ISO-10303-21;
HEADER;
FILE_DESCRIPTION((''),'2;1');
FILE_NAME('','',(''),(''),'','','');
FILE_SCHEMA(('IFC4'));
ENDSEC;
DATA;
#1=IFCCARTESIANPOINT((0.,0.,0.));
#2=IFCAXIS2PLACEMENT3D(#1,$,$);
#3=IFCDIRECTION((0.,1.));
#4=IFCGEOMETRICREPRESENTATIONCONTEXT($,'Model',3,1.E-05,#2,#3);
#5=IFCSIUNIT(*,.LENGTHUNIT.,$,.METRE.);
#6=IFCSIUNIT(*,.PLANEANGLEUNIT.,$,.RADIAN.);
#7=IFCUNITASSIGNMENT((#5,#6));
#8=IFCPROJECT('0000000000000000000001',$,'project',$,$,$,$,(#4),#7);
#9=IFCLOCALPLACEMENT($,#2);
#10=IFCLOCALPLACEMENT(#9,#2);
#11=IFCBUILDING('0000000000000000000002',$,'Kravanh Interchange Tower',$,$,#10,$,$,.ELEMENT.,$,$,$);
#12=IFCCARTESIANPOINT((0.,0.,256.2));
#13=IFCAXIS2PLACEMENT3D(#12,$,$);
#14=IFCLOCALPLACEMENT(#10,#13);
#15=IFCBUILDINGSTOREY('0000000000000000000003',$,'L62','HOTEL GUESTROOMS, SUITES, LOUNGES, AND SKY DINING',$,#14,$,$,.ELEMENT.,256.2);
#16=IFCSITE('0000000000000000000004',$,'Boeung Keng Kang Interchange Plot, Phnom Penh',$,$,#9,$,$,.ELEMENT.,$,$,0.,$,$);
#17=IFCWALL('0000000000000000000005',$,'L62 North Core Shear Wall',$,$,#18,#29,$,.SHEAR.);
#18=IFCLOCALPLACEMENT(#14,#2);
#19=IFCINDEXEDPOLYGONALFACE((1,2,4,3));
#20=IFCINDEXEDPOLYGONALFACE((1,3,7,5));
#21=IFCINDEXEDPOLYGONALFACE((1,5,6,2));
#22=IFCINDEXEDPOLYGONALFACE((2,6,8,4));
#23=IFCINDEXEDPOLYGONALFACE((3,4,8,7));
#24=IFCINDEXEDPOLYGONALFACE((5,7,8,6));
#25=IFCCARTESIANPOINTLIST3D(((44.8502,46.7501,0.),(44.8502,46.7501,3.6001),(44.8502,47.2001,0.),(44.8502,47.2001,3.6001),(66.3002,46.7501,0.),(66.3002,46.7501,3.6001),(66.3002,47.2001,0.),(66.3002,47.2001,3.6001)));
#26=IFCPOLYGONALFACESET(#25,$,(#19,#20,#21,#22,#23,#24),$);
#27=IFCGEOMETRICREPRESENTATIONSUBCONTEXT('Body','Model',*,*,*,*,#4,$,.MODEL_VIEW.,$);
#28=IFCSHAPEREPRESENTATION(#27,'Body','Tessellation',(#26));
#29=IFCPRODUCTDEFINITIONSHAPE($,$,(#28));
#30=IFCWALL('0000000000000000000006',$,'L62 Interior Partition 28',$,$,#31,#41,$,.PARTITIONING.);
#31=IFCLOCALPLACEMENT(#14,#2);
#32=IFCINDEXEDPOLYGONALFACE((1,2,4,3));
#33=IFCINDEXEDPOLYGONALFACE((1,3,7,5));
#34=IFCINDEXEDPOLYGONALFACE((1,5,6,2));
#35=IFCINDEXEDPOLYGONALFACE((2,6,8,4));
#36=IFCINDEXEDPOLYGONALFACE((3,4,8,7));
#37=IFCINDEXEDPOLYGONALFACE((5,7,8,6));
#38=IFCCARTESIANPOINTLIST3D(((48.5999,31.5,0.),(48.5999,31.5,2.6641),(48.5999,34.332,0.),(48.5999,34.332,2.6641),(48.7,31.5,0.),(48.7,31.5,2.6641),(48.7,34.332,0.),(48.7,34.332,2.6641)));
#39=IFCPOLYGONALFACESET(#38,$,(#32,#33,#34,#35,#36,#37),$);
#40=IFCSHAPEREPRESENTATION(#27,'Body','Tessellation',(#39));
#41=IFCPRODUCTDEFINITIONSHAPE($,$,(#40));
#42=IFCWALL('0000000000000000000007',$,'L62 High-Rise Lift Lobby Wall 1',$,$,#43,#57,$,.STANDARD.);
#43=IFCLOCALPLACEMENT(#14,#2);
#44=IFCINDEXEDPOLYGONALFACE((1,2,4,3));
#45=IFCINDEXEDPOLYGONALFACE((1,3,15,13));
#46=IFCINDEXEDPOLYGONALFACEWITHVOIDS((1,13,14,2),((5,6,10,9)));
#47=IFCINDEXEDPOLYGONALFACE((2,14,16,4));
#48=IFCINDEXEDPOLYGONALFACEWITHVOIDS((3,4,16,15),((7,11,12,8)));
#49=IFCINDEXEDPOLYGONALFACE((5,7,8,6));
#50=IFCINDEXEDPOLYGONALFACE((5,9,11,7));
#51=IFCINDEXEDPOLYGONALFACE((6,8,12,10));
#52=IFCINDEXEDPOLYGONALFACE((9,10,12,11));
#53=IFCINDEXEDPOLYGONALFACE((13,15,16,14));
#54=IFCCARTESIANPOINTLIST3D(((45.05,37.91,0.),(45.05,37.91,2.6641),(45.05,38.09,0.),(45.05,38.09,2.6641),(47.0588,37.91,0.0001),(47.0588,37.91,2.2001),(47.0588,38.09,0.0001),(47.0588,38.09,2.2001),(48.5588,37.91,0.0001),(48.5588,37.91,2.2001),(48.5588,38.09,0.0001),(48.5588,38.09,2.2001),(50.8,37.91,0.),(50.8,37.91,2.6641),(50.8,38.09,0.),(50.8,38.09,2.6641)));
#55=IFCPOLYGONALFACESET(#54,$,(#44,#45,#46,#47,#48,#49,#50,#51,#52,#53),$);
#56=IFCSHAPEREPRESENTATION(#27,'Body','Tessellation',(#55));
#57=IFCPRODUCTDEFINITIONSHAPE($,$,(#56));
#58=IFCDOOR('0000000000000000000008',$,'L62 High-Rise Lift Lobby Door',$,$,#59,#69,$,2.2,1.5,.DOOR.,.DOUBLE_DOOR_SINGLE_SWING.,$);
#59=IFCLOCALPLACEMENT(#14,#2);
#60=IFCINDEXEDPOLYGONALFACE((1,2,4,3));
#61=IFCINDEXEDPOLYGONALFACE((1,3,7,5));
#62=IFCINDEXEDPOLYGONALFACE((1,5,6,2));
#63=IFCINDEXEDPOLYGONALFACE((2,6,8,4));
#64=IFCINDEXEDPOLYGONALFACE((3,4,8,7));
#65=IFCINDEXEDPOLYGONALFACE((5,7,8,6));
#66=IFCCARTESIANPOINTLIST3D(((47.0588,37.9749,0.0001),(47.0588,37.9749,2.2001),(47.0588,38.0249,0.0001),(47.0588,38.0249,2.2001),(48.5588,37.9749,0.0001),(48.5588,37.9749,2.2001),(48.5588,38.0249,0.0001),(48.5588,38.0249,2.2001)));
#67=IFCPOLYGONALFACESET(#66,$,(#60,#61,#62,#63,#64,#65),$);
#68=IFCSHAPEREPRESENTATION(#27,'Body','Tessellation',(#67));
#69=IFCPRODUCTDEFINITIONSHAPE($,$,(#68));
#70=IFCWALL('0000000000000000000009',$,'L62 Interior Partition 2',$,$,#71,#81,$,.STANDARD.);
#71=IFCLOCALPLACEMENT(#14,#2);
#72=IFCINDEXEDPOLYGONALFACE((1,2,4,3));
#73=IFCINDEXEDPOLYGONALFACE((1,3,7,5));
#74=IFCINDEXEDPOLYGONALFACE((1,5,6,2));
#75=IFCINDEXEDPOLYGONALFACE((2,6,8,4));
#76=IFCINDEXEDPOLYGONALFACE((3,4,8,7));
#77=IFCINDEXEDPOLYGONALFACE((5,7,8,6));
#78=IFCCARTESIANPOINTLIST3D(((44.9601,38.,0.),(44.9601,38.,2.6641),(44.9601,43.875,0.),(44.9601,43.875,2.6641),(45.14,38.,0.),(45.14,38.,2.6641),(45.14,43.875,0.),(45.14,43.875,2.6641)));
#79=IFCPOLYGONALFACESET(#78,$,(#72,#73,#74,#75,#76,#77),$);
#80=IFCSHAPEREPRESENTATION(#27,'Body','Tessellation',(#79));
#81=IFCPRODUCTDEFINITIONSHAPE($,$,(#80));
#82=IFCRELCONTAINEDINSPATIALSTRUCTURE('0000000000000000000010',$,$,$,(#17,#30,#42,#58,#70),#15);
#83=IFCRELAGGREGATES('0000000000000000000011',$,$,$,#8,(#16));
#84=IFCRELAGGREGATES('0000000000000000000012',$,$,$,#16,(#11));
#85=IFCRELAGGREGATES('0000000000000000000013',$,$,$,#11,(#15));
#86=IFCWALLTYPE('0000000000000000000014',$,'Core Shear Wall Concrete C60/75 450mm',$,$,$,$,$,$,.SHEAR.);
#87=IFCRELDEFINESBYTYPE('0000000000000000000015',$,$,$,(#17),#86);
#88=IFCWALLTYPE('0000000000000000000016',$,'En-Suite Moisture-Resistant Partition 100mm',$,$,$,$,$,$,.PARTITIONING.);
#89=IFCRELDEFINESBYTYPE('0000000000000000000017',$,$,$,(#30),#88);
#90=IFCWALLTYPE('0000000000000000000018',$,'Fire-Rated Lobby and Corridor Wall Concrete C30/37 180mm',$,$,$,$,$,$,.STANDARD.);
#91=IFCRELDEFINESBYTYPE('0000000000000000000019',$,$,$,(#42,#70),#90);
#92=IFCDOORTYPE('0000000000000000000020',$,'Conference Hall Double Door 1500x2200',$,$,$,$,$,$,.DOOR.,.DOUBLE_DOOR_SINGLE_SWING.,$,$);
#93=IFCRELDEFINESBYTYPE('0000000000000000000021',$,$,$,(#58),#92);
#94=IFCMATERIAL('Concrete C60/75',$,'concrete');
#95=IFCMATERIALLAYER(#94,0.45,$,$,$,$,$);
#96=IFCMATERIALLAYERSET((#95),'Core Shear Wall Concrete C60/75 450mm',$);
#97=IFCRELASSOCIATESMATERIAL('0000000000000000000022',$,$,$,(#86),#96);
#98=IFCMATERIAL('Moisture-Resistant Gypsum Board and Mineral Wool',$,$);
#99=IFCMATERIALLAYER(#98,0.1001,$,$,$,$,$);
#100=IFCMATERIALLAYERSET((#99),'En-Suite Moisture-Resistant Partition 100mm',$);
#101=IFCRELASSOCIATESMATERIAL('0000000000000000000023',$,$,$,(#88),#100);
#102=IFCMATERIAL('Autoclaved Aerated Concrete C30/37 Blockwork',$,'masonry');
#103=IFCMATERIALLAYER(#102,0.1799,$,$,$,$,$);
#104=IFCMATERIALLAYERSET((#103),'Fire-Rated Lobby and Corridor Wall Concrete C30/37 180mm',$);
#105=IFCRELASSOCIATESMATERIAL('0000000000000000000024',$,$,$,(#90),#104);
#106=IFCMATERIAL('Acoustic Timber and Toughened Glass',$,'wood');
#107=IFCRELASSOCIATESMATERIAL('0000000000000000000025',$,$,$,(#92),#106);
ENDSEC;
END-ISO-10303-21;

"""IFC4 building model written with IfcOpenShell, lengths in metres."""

from ifc_helpers import new_model, si_unit, direction, frame, frame_2d, origin, place, context, subcontext, project, spatial, rectangle, extrude, material, layer, layer_set, type_object, element, fill, save


model = new_model("IFC4")

# Units and contexts
model_context = context("Model", 3, precision=1e-05, world=origin(), true_north=direction((0.0, 1.0)))
body_context = subcontext(model_context, "Body", "Model", "MODEL_VIEW")
ifc_project = project(units=[si_unit("LENGTHUNIT", "METRE"), si_unit("PLANEANGLEUNIT", "RADIAN")], contexts=[model_context])

# Site, building, storey
site_placement = place(None, origin())
site = spatial("IfcSite", under=ifc_project, at=site_placement, Name="Boeung Keng Kang Interchange Plot, Phnom Penh", CompositionType="ELEMENT", RefElevation=0.0)
building_placement = place(site_placement, origin())
building = spatial("IfcBuilding", under=site, at=building_placement, Name="Kravanh Interchange Tower", CompositionType="ELEMENT")
storey_placement = place(building_placement, frame((0.0, 0.0, 256.2)))
storey = spatial("IfcBuildingStorey", under=building, at=storey_placement, Name="L62", Description="HOTEL GUESTROOMS, SUITES, LOUNGES, AND SKY DINING", CompositionType="ELEMENT", Elevation=256.2)

# Walls
ifc_material_1 = material(Name="Concrete C60/75", Category="concrete")
ifc_layer_1 = layer(ifc_material_1, 0.45)
ifc_layer_set_1 = layer_set([ifc_layer_1], Name="Core Shear Wall Concrete C60/75 450mm")
wall_type_1 = type_object("IfcWallType", Name="Core Shear Wall Concrete C60/75 450mm", PredefinedType="SHEAR", material=ifc_layer_set_1)
wall_1_placement = place(storey_placement, frame((44.8501, 46.9751, 0.0), z_axis=(0.0, 0.0, 1.0), x_axis=(1.0, 0.0, 0.0)))
element("IfcWall", 1, at=wall_1_placement, inside=storey, type_object=wall_type_1, Name="L62 North Core Shear Wall", PredefinedType="SHEAR", context=body_context, shape_type="SweptSolid", body=[
    extrude(rectangle(XDim=21.45, YDim=0.45, at=frame_2d((10.7251, 0.0))), origin(), (0.0, 0.0, 1.0), 3.6001),
])
ifc_material_2 = material(Name="Moisture-Resistant Gypsum Board and Mineral Wool")
ifc_layer_2 = layer(ifc_material_2, 0.1001)
ifc_layer_set_2 = layer_set([ifc_layer_2], Name="En-Suite Moisture-Resistant Partition 100mm")
wall_type_2 = type_object("IfcWallType", Name="En-Suite Moisture-Resistant Partition 100mm", PredefinedType="PARTITIONING", material=ifc_layer_set_2)
wall_2_placement = place(storey_placement, frame((48.6499, 31.5, 0.0), z_axis=(0.0, 0.0, 1.0), x_axis=(0.0, 1.0, 0.0)))
element("IfcWall", 2, at=wall_2_placement, inside=storey, type_object=wall_type_2, Name="L62 Interior Partition 28", PredefinedType="PARTITIONING", context=body_context, shape_type="SweptSolid", body=[
    extrude(rectangle(XDim=2.832, YDim=0.1001, at=frame_2d((1.416, 0.0))), origin(), (0.0, 0.0, 1.0), 2.6641),
])

# Wall, opening, door
ifc_material_3 = material(Name="Autoclaved Aerated Concrete C30/37 Blockwork", Category="masonry")
ifc_layer_3 = layer(ifc_material_3, 0.1799)
ifc_layer_set_3 = layer_set([ifc_layer_3], Name="Fire-Rated Lobby and Corridor Wall Concrete C30/37 180mm")
wall_type_3 = type_object("IfcWallType", Name="Fire-Rated Lobby and Corridor Wall Concrete C30/37 180mm", PredefinedType="STANDARD", material=ifc_layer_set_3)
wall_3_placement = place(storey_placement, frame((45.05, 38.0, 0.0), z_axis=(0.0, 0.0, 1.0), x_axis=(1.0, 0.0, 0.0)))
wall_3 = element("IfcWall", 3, at=wall_3_placement, inside=storey, type_object=wall_type_3, Name="L62 High-Rise Lift Lobby Wall 1", PredefinedType="STANDARD", context=body_context, shape_type="SweptSolid", body=[
    extrude(rectangle(XDim=5.75, YDim=0.1799, at=frame_2d((2.875, 0.0))), origin(), (0.0, 0.0, 1.0), 2.6641),
])
opening_1_placement = place(wall_3_placement, frame((2.0088, 0.0, 0.0)))
opening_1 = element("IfcOpeningElement", 4, at=opening_1_placement, cuts=wall_3, PredefinedType="OPENING", context=body_context, shape_type="SweptSolid", body=[
    extrude(rectangle(XDim=1.5, YDim=2.2, at=frame_2d((0.75, 1.1001))), frame((0.0, 0.1001, 0.0), z_axis=(0.0, -1.0, 0.0), x_axis=(1.0, 0.0, 0.0)), (0.0, 0.0, 1.0), 0.2),
])
ifc_material_4 = material(Name="Acoustic Timber and Toughened Glass", Category="wood")
door_type_1 = type_object("IfcDoorType", Name="Conference Hall Double Door 1500x2200", OperationType="DOUBLE_DOOR_SINGLE_SWING", PredefinedType="DOOR", material=ifc_material_4)
door_1_placement = place(opening_1_placement, origin())
door_1 = element("IfcDoor", 5, at=door_1_placement, inside=storey, type_object=door_type_1, Name="L62 High-Rise Lift Lobby Door", OperationType="DOUBLE_DOOR_SINGLE_SWING", OverallHeight=2.2, OverallWidth=1.5, PredefinedType="DOOR", context=body_context, shape_type="SweptSolid", body=[
    extrude(rectangle(XDim=1.5, YDim=2.2, at=frame_2d((0.75, 1.1001))), frame((0.0, 0.0249, 0.0), z_axis=(0.0, -1.0, 0.0), x_axis=(1.0, 0.0, 0.0)), (0.0, 0.0, 1.0), 0.05),
])
fill(opening_1, door_1)

# Wall
wall_4_placement = place(storey_placement, frame((45.05, 38.0, 0.0), z_axis=(0.0, 0.0, 1.0), x_axis=(0.0, 1.0, 0.0)))
element("IfcWall", 6, at=wall_4_placement, inside=storey, type_object=wall_type_3, Name="L62 Interior Partition 2", PredefinedType="STANDARD", context=body_context, shape_type="SweptSolid", body=[
    extrude(rectangle(XDim=5.875, YDim=0.1799, at=frame_2d((2.9375, 0.0))), origin(), (0.0, 0.0, 1.0), 2.6641),
])

save(model, "model.ifc")
